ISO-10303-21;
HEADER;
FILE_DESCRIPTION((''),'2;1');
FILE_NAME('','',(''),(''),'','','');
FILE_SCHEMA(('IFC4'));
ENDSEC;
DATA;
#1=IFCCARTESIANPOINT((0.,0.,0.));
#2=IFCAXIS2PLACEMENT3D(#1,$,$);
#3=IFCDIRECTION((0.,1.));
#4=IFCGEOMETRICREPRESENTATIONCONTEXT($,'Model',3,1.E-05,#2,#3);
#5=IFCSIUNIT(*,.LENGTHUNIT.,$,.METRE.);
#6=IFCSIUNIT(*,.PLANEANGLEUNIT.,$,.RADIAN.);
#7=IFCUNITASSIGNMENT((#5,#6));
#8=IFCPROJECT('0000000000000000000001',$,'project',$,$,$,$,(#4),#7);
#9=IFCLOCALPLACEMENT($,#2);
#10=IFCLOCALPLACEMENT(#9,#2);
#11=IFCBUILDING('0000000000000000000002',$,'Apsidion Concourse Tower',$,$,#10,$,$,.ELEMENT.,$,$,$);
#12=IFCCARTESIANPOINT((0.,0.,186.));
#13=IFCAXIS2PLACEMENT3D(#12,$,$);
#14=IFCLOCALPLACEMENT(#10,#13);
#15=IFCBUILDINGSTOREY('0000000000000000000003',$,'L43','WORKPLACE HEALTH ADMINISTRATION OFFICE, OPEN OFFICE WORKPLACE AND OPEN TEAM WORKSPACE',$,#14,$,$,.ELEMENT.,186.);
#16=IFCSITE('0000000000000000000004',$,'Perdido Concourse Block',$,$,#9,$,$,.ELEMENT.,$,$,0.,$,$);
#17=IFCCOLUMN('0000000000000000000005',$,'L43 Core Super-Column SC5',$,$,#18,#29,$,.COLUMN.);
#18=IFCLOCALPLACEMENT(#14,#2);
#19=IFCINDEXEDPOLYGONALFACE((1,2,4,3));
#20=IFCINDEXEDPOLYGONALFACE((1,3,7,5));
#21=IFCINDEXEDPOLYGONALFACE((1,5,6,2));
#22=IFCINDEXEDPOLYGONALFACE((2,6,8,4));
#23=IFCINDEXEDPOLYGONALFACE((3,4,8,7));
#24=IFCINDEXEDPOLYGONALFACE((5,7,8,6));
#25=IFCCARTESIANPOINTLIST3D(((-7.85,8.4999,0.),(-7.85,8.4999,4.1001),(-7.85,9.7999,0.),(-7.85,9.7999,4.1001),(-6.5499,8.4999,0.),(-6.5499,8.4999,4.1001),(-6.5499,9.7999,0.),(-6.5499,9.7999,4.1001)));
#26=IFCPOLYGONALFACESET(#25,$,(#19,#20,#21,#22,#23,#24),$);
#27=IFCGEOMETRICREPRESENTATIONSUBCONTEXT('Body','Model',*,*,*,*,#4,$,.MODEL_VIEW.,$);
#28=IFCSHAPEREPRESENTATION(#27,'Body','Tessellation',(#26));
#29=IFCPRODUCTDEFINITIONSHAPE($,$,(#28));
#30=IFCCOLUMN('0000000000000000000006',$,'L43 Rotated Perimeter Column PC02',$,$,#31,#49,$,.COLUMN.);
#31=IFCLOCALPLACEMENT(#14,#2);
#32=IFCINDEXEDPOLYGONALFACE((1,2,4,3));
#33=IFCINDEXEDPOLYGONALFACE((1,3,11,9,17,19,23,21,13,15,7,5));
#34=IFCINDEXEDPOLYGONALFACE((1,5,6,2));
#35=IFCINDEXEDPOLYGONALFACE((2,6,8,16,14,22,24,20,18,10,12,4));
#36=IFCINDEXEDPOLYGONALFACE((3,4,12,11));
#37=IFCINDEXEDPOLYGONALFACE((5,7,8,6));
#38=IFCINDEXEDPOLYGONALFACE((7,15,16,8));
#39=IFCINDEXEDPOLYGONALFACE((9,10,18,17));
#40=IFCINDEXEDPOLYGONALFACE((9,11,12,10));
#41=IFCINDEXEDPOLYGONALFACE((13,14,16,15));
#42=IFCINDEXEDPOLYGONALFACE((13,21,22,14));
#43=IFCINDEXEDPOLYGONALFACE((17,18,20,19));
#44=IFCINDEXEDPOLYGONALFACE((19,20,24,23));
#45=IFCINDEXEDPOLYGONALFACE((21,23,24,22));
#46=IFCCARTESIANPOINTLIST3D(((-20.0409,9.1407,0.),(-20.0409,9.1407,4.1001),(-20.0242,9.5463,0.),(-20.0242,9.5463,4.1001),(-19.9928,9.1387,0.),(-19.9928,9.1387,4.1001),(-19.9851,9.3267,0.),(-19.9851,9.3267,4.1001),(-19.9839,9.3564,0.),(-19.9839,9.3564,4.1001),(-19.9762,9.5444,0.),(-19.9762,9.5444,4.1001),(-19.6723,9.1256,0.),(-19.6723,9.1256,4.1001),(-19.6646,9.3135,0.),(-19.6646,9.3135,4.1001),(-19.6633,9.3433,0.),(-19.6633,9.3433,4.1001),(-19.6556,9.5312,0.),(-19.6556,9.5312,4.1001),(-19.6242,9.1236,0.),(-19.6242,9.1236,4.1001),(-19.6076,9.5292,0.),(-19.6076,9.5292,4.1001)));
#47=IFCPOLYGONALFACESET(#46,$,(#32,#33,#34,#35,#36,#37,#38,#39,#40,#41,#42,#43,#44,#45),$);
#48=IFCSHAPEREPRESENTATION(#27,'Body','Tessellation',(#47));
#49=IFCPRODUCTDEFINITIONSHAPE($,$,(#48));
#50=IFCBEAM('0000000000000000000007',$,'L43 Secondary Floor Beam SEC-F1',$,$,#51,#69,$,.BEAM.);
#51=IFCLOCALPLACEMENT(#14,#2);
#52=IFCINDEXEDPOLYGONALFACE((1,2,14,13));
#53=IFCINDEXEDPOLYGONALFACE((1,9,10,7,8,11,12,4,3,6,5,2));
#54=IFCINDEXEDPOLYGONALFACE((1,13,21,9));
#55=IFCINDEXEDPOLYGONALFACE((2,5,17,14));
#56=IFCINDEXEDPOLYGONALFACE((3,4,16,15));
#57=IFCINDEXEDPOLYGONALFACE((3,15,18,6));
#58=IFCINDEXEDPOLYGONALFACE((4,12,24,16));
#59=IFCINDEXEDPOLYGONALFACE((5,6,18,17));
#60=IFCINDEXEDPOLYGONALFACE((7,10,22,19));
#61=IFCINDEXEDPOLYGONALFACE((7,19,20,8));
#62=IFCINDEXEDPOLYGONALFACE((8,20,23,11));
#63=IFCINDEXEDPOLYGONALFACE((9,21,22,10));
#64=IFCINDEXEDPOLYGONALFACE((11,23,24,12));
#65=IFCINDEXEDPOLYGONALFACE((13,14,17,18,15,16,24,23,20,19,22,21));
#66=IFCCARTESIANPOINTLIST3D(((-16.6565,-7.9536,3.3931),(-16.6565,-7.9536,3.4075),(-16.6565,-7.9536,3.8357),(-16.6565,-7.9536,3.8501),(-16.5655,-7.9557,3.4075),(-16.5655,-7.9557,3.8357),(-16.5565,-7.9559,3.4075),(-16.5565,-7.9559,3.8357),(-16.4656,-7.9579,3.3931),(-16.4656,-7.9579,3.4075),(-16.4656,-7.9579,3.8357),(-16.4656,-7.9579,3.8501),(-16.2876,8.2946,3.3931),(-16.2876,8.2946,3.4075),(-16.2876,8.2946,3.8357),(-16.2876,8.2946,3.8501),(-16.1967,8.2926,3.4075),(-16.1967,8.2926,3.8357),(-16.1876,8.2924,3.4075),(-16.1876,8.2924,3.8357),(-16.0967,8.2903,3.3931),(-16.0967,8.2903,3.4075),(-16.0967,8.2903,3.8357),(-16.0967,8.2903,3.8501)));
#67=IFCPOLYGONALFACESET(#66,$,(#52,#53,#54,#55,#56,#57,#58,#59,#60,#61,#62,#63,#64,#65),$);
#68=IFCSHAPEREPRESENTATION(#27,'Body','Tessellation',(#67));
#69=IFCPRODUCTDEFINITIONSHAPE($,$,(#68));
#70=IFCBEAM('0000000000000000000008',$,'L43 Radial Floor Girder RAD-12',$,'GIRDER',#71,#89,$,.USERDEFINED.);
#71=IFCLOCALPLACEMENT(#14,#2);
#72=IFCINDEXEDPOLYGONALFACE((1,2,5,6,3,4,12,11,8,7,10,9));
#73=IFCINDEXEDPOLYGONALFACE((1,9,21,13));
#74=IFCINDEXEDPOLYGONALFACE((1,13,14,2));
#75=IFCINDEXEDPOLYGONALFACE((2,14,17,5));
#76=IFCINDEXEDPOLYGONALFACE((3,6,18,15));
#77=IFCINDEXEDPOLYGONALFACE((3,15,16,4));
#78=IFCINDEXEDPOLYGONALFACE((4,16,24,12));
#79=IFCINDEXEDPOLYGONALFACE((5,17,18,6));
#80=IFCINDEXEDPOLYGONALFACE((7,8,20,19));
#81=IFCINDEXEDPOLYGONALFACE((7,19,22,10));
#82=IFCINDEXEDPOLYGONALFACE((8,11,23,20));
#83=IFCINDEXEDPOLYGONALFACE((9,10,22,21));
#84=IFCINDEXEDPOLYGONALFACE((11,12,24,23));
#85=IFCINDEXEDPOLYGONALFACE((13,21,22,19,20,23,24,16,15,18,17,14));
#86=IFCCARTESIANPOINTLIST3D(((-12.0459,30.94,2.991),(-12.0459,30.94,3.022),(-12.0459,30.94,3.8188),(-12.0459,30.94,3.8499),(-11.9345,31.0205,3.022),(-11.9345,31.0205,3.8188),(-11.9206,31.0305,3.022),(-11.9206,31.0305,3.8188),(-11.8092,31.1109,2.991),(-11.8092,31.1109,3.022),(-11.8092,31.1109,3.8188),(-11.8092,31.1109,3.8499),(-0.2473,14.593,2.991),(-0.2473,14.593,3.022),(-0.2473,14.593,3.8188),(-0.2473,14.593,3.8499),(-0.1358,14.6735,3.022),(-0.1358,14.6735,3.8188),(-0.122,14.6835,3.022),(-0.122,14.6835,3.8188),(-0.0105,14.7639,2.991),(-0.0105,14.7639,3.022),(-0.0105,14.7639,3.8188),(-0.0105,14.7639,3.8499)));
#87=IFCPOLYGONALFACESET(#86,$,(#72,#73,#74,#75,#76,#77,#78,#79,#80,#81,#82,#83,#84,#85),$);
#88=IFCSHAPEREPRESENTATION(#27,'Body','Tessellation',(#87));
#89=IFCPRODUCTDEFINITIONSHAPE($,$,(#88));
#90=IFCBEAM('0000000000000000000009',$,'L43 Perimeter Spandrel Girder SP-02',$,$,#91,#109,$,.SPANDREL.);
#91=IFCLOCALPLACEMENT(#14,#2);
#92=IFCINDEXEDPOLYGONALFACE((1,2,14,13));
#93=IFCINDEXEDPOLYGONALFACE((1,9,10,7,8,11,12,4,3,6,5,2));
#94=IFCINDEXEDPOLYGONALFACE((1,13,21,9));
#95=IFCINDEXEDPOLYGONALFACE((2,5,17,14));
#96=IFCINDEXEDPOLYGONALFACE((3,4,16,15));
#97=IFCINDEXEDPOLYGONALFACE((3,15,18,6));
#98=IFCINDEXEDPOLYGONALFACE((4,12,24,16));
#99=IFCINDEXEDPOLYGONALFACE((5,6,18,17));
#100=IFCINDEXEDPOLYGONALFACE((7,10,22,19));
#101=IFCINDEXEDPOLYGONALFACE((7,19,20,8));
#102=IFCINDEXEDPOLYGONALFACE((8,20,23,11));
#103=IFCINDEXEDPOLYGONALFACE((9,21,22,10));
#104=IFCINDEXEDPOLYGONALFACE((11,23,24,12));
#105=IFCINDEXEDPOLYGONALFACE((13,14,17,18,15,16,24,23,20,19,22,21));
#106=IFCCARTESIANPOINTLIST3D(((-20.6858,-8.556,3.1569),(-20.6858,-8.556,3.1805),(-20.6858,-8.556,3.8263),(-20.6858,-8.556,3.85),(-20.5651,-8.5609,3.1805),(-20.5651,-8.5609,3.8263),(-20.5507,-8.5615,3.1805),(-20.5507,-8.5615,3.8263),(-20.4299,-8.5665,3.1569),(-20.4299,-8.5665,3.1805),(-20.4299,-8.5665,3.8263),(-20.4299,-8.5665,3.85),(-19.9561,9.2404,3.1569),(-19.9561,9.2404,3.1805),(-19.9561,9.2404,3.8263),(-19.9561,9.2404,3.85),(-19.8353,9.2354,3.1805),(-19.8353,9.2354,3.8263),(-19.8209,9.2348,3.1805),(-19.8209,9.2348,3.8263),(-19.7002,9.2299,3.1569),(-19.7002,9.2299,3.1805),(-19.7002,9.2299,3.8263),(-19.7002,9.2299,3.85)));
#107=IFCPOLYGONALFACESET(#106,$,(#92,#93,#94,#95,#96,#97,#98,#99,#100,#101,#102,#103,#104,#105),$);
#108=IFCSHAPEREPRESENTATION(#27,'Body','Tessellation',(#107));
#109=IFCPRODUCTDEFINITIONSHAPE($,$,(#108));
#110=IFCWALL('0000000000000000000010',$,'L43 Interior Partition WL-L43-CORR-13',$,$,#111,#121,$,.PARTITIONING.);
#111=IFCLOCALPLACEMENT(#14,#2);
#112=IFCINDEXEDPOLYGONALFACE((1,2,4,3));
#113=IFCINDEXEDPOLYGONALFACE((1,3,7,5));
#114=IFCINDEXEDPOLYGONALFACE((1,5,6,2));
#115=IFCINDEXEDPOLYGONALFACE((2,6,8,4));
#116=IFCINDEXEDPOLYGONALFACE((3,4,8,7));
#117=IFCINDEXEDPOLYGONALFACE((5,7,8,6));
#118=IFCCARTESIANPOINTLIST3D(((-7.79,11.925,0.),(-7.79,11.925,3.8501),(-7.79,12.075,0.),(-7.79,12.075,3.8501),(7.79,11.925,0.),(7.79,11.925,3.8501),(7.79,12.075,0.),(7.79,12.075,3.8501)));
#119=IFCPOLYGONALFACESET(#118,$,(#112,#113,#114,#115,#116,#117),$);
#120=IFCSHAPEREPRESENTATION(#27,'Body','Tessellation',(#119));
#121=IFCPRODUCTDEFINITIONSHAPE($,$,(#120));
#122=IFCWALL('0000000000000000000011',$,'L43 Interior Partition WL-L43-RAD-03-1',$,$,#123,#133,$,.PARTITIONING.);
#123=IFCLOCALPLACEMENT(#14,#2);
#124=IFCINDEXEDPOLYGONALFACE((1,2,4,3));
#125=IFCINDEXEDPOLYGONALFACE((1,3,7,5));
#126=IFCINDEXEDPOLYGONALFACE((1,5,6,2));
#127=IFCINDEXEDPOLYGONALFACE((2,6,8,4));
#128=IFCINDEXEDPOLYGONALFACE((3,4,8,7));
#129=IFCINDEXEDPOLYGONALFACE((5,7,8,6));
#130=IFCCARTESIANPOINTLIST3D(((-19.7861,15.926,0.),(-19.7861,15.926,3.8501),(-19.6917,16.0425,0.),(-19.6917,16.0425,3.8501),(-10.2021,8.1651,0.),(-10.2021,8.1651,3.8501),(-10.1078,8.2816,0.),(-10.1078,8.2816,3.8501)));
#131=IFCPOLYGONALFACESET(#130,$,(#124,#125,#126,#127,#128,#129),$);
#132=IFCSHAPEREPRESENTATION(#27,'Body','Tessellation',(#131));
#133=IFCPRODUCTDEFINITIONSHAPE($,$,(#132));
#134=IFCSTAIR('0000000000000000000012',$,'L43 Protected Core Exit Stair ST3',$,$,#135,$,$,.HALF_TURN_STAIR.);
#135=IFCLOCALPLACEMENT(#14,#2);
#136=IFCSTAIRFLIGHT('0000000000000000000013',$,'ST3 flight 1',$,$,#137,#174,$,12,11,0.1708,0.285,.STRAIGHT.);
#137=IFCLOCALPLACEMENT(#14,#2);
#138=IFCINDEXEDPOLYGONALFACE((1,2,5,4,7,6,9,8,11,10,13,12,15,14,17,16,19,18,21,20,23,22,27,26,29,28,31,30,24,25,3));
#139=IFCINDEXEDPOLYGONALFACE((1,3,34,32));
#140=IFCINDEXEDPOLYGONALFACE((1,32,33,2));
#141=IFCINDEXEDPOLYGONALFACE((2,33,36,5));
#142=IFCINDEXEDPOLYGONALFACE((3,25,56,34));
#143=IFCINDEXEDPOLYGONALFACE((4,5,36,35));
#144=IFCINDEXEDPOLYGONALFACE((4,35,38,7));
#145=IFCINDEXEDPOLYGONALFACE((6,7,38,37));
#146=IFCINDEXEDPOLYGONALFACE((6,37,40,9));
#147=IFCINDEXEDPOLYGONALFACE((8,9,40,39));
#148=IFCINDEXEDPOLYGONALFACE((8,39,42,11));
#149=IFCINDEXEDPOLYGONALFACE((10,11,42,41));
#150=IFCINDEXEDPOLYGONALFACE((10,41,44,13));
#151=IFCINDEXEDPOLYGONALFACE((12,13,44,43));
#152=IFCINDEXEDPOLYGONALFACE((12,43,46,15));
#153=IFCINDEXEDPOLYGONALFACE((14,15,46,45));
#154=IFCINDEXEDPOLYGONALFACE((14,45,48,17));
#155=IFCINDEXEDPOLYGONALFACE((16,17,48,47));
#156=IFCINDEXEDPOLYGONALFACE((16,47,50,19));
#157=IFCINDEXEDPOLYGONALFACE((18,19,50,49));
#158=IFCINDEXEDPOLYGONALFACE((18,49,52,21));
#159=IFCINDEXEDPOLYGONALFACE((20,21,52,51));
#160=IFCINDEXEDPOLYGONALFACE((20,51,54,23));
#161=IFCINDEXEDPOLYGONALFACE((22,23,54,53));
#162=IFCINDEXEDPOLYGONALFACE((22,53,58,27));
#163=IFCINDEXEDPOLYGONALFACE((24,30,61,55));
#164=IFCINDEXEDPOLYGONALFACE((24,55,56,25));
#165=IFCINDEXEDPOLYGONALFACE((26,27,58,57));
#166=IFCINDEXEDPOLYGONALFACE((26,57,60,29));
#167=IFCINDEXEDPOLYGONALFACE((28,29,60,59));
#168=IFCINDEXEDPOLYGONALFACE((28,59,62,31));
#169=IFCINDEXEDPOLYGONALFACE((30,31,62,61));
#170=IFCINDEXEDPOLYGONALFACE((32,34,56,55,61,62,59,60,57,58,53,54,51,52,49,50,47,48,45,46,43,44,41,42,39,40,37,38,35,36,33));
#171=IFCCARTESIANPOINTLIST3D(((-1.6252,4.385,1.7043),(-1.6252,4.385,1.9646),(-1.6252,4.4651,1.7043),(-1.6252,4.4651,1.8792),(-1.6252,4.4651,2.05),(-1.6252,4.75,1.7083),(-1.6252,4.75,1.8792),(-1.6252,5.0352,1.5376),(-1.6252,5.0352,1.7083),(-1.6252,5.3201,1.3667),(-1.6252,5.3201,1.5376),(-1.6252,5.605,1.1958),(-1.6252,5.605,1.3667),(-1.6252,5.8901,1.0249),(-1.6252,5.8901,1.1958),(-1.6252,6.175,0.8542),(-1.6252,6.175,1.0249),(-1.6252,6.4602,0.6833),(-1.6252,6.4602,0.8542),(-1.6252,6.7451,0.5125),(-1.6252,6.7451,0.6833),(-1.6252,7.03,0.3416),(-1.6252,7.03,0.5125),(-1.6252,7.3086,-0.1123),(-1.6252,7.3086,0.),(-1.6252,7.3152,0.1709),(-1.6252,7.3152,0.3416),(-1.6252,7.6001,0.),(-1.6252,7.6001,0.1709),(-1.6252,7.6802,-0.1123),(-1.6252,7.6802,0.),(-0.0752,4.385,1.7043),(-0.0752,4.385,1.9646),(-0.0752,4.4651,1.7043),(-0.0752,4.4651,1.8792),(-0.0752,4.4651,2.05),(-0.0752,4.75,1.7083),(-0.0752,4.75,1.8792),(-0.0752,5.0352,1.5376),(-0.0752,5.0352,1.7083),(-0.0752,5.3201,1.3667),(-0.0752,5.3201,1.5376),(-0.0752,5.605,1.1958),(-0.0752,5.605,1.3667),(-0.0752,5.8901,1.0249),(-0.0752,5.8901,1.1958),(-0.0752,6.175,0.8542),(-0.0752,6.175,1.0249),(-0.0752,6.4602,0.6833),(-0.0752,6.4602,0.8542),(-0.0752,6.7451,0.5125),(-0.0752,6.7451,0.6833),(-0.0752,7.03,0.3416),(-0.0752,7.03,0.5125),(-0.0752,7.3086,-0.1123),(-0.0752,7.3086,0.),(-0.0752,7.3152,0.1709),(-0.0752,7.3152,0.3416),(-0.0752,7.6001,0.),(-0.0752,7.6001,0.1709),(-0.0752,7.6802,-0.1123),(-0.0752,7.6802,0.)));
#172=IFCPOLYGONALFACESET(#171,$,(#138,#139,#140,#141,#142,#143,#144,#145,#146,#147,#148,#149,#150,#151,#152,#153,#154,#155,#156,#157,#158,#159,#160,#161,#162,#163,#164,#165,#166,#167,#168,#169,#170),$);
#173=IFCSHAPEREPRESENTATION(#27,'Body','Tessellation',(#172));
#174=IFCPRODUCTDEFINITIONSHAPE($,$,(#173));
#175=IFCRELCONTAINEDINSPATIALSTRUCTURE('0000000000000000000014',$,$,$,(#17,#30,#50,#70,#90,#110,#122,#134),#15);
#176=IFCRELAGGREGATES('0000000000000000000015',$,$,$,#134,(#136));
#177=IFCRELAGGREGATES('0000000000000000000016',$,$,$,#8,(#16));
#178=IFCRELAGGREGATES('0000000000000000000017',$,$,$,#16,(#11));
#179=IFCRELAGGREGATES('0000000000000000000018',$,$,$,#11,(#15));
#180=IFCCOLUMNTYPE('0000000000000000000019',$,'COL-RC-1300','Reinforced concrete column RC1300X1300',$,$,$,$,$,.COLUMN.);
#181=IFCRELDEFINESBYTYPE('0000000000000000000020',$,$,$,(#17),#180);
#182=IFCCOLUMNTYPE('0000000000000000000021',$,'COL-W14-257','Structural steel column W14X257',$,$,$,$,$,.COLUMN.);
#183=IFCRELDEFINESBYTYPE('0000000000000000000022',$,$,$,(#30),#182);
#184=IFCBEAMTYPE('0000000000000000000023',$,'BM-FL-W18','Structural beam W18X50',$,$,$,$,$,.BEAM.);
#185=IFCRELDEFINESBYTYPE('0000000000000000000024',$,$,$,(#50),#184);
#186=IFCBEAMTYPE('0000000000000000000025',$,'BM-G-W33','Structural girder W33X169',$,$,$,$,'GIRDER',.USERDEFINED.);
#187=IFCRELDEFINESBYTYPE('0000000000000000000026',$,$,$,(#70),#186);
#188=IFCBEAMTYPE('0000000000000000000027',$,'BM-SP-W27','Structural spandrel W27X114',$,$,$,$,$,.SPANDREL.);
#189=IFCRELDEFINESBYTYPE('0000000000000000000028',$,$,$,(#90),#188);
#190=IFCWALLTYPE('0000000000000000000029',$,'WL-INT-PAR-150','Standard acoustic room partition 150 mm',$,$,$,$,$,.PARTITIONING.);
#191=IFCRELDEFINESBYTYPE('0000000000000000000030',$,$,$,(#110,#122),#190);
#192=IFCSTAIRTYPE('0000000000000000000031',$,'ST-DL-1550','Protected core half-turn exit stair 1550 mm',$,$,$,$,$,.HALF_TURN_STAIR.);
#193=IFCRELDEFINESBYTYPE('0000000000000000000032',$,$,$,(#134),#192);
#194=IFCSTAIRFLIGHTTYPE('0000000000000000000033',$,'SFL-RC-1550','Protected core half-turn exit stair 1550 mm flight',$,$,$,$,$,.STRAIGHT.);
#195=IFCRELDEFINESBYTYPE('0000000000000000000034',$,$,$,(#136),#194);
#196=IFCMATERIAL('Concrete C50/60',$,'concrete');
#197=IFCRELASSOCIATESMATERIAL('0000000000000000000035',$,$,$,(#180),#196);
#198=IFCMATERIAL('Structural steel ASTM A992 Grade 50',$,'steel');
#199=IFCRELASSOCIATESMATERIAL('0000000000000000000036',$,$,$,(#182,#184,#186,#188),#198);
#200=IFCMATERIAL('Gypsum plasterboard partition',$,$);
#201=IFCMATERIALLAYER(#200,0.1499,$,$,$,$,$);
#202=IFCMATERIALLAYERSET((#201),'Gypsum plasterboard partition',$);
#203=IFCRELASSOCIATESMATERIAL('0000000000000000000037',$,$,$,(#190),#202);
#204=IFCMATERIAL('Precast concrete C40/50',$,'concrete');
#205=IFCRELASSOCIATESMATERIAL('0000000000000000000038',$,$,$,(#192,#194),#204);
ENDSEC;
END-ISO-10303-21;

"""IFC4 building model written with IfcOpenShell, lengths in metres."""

from ifc_helpers import new_model, si_unit, direction, frame, frame_2d, origin, origin_2d, place, context, subcontext, project, spatial, polyline, rectangle, i_section, outline, extrude, material, layer, layer_set, material_profile, profile_set, type_object, element, aggregate, save


model = new_model("IFC4")

# Units and contexts
model_context = context("Model", 3, precision=1e-05, world=origin(), true_north=direction((0.0, 1.0)))
body_context = subcontext(model_context, "Body", "Model", "MODEL_VIEW")
ifc_project = project(units=[si_unit("LENGTHUNIT", "METRE"), si_unit("PLANEANGLEUNIT", "RADIAN")], contexts=[model_context])

# Site, building, storey
site_placement = place(None, origin())
site = spatial("IfcSite", under=ifc_project, at=site_placement, Name="Perdido Concourse Block", CompositionType="ELEMENT", RefElevation=0.0)
building_placement = place(site_placement, origin())
building = spatial("IfcBuilding", under=site, at=building_placement, Name="Apsidion Concourse Tower", CompositionType="ELEMENT")
storey_placement = place(building_placement, frame((0.0, 0.0, 186.0)))
storey = spatial("IfcBuildingStorey", under=building, at=storey_placement, Name="L43", Description="WORKPLACE HEALTH ADMINISTRATION OFFICE, OPEN OFFICE WORKPLACE AND OPEN TEAM WORKSPACE", CompositionType="ELEMENT", Elevation=186.0)

# Columns
ifc_material_1 = material(Name="Concrete C50/60", Category="concrete")
ifc_material_profile_1 = material_profile(ifc_material_1, rectangle(XDim=1.3, YDim=1.3, at=origin_2d()), Name="RC 1300x1300")
ifc_profile_set_1 = profile_set([ifc_material_profile_1], Name="Concrete C50/60")
column_type_1 = type_object("IfcColumnType", Name="COL-RC-1300", Description="Reinforced concrete column RC1300X1300", PredefinedType="COLUMN", material=ifc_profile_set_1)
column_1_placement = place(storey_placement, frame((-7.2, 9.1499, 0.0), z_axis=(0.0, 0.0, 1.0), x_axis=(1.0, 0.0, 0.0)))
element("IfcColumn", 1, at=column_1_placement, inside=storey, type_object=column_type_1, Name="L43 Core Super-Column SC5", PredefinedType="COLUMN", context=body_context, shape_type="SweptSolid", body=[
    extrude(rectangle(XDim=1.3, YDim=1.3, at=origin_2d()), origin(), (0.0, 0.0, 1.0), 4.1001),
])
ifc_material_2 = material(Name="Structural steel ASTM A992 Grade 50", Category="steel")
ifc_material_profile_2 = material_profile(ifc_material_2, i_section(OverallWidth=0.406, OverallDepth=0.417, WebThickness=0.0298, FlangeThickness=0.0481, at=origin_2d()), Name="W14X257")
ifc_profile_set_2 = profile_set([ifc_material_profile_2], Name="Structural steel ASTM A992 Grade 50")
column_type_2 = type_object("IfcColumnType", Name="COL-W14-257", Description="Structural steel column W14X257", PredefinedType="COLUMN", material=ifc_profile_set_2)
column_2_placement = place(storey_placement, frame((-19.8242, 9.335, 0.0), z_axis=(0.0, 0.0, 1.0), x_axis=(0.041004, 0.999159, 0.0)))
element("IfcColumn", 2, at=column_2_placement, inside=storey, type_object=column_type_2, Name="L43 Rotated Perimeter Column PC02", PredefinedType="COLUMN", context=body_context, shape_type="SweptSolid", body=[
    extrude(i_section(OverallWidth=0.406, OverallDepth=0.417, WebThickness=0.0298, FlangeThickness=0.0481, at=origin_2d()), origin(), (0.0, 0.0, 1.0), 4.1001),
])

# Beams
ifc_material_profile_3 = material_profile(ifc_material_2, i_section(OverallWidth=0.1909, OverallDepth=0.457, WebThickness=0.009, FlangeThickness=0.0144, at=origin_2d()), Name="W18X50")
ifc_profile_set_3 = profile_set([ifc_material_profile_3], Name="Structural steel ASTM A992 Grade 50")
beam_type_1 = type_object("IfcBeamType", Name="BM-FL-W18", Description="Structural beam W18X50", PredefinedType="BEAM", material=ifc_profile_set_3)
beam_1_placement = place(storey_placement, frame((-16.1921, 8.2925, 3.6216), z_axis=(-0.022698, -0.999742, 0.0), x_axis=(0.999742, -0.022698, 0.0)))
element("IfcBeam", 3, at=beam_1_placement, inside=storey, type_object=beam_type_1, Name="L43 Secondary Floor Beam SEC-F1", PredefinedType="BEAM", context=body_context, shape_type="SweptSolid", body=[
    extrude(i_section(OverallWidth=0.1909, OverallDepth=0.457, WebThickness=0.009, FlangeThickness=0.0144, at=origin_2d()), origin(), (0.0, 0.0, 1.0), 16.2524),
])
ifc_material_profile_4 = material_profile(ifc_material_2, i_section(OverallWidth=0.292, OverallDepth=0.8589, WebThickness=0.0171, FlangeThickness=0.031, at=origin_2d()), Name="W33X169")
ifc_profile_set_4 = profile_set([ifc_material_profile_4], Name="Structural steel ASTM A992 Grade 50")
beam_type_2 = type_object("IfcBeamType", Name="BM-G-W33", Description="Structural girder W33X169", ElementType="GIRDER", PredefinedType="USERDEFINED", material=ifc_profile_set_4)
beam_2_placement = place(storey_placement, frame((-0.1289, 14.6785, 3.4204), z_axis=(-0.585245, 0.810856, 0.0), x_axis=(-0.810856, -0.585245, 0.0)))
element("IfcBeam", 4, at=beam_2_placement, inside=storey, type_object=beam_type_2, Name="L43 Radial Floor Girder RAD-12", ObjectType="GIRDER", PredefinedType="USERDEFINED", context=body_context, shape_type="SweptSolid", body=[
    extrude(i_section(OverallWidth=0.292, OverallDepth=0.8589, WebThickness=0.0171, FlangeThickness=0.031, at=origin_2d()), origin(), (0.0, 0.0, 1.0), 20.1602),
])
ifc_material_profile_5 = material_profile(ifc_material_2, i_section(OverallWidth=0.2561, OverallDepth=0.6931, WebThickness=0.0144, FlangeThickness=0.0237, at=origin_2d()), Name="W27X114")
ifc_profile_set_5 = profile_set([ifc_material_profile_5], Name="Structural steel ASTM A992 Grade 50")
beam_type_3 = type_object("IfcBeamType", Name="BM-SP-W27", Description="Structural spandrel W27X114", PredefinedType="SPANDREL", material=ifc_profile_set_5)
beam_3_placement = place(storey_placement, frame((-19.8281, 9.2351, 3.5034), z_axis=(-0.04097, -0.99916, 0.0), x_axis=(0.99916, -0.04097, 0.0)))
element("IfcBeam", 5, at=beam_3_placement, inside=storey, type_object=beam_type_3, Name="L43 Perimeter Spandrel Girder SP-02", PredefinedType="SPANDREL", context=body_context, shape_type="SweptSolid", body=[
    extrude(i_section(OverallWidth=0.2561, OverallDepth=0.6931, WebThickness=0.0144, FlangeThickness=0.0237, at=origin_2d()), origin(), (0.0, 0.0, 1.0), 17.8113),
])

# Walls
ifc_material_3 = material(Name="Gypsum plasterboard partition")
ifc_layer_1 = layer(ifc_material_3, 0.1499)
ifc_layer_set_1 = layer_set([ifc_layer_1], Name="Gypsum plasterboard partition")
wall_type_1 = type_object("IfcWallType", Name="WL-INT-PAR-150", Description="Standard acoustic room partition 150 mm", PredefinedType="PARTITIONING", material=ifc_layer_set_1)
wall_1_placement = place(storey_placement, frame((-7.79, 12.0, 0.0), z_axis=(0.0, 0.0, 1.0), x_axis=(1.0, 0.0, 0.0)))
element("IfcWall", 6, at=wall_1_placement, inside=storey, type_object=wall_type_1, Name="L43 Interior Partition WL-L43-CORR-13", PredefinedType="PARTITIONING", context=body_context, shape_type="SweptSolid", body=[
    extrude(rectangle(XDim=15.5801, YDim=0.1499, at=frame_2d((7.79, 0.0))), origin(), (0.0, 0.0, 1.0), 3.8501),
])
wall_2_placement = place(storey_placement, frame((-10.155, 8.2234, 0.0), z_axis=(0.0, 0.0, 1.0), x_axis=(-0.777145, 0.629322, 0.0)))
element("IfcWall", 7, at=wall_2_placement, inside=storey, type_object=wall_type_1, Name="L43 Interior Partition WL-L43-RAD-03-1", PredefinedType="PARTITIONING", context=body_context, shape_type="SweptSolid", body=[
    extrude(rectangle(XDim=12.3323, YDim=0.1499, at=frame_2d((6.166, 0.0))), origin(), (0.0, 0.0, 1.0), 3.8501),
])

# Stair, stair flight
ifc_material_4 = material(Name="Precast concrete C40/50", Category="concrete")
stair_type = type_object("IfcStairType", Name="ST-DL-1550", Description="Protected core half-turn exit stair 1550 mm", PredefinedType="HALF_TURN_STAIR", material=ifc_material_4)
stair_placement = place(storey_placement, origin())
stair = element("IfcStair", 8, at=stair_placement, inside=storey, type_object=stair_type, Name="L43 Protected Core Exit Stair ST3", PredefinedType="HALF_TURN_STAIR")
stair_flight_type = type_object("IfcStairFlightType", Name="SFL-RC-1550", Description="Protected core half-turn exit stair 1550 mm flight", PredefinedType="STRAIGHT", material=ifc_material_4)
stair_flight_placement = place(storey_placement, frame((-0.8501, 7.6001, 0.0), z_axis=(0.0, 0.0, 1.0), x_axis=(0.0, -1.0, 0.0)))
stair_flight = element("IfcStairFlight", 9, at=stair_flight_placement, type_object=stair_flight_type, Name="ST3 flight 1", NumberOfRisers=12, NumberOfTreads=11, PredefinedType="STRAIGHT", RiserHeight=0.1708, TreadLength=0.285, context=body_context, shape_type="SweptSolid", body=[
    extrude(outline(polyline([(-0.0801, -0.1123), (-0.0801, 0.0), (0.0, 0.0), (0.0, 0.1709), (0.2849, 0.1709), (0.2849, 0.3416), (0.5701, 0.3416), (0.5701, 0.5125), (0.855, 0.5125), (0.855, 0.6833), (1.1399, 0.6833), (1.1399, 0.8542), (1.425, 0.8542), (1.425, 1.0249), (1.71, 1.0249), (1.71, 1.1958), (1.9951, 1.1958), (1.9951, 1.3667), (2.28, 1.3667), (2.28, 1.5376), (2.5649, 1.5376), (2.5649, 1.7083), (2.8501, 1.7083), (2.8501, 1.8792), (3.135, 1.8792), (3.135, 2.05), (3.2151, 1.9646), (3.2151, 1.7043), (3.135, 1.7043), (0.2915, 0.0), (0.2915, -0.1123), (-0.0801, -0.1123)])), frame((0.0, 0.7749, 0.0), z_axis=(0.0, -1.0, 0.0), x_axis=(1.0, 0.0, 0.0)), (0.0, 0.0, 1.0), 1.55),
])
aggregate(stair, [stair_flight])

save(model, "model.ifc")
